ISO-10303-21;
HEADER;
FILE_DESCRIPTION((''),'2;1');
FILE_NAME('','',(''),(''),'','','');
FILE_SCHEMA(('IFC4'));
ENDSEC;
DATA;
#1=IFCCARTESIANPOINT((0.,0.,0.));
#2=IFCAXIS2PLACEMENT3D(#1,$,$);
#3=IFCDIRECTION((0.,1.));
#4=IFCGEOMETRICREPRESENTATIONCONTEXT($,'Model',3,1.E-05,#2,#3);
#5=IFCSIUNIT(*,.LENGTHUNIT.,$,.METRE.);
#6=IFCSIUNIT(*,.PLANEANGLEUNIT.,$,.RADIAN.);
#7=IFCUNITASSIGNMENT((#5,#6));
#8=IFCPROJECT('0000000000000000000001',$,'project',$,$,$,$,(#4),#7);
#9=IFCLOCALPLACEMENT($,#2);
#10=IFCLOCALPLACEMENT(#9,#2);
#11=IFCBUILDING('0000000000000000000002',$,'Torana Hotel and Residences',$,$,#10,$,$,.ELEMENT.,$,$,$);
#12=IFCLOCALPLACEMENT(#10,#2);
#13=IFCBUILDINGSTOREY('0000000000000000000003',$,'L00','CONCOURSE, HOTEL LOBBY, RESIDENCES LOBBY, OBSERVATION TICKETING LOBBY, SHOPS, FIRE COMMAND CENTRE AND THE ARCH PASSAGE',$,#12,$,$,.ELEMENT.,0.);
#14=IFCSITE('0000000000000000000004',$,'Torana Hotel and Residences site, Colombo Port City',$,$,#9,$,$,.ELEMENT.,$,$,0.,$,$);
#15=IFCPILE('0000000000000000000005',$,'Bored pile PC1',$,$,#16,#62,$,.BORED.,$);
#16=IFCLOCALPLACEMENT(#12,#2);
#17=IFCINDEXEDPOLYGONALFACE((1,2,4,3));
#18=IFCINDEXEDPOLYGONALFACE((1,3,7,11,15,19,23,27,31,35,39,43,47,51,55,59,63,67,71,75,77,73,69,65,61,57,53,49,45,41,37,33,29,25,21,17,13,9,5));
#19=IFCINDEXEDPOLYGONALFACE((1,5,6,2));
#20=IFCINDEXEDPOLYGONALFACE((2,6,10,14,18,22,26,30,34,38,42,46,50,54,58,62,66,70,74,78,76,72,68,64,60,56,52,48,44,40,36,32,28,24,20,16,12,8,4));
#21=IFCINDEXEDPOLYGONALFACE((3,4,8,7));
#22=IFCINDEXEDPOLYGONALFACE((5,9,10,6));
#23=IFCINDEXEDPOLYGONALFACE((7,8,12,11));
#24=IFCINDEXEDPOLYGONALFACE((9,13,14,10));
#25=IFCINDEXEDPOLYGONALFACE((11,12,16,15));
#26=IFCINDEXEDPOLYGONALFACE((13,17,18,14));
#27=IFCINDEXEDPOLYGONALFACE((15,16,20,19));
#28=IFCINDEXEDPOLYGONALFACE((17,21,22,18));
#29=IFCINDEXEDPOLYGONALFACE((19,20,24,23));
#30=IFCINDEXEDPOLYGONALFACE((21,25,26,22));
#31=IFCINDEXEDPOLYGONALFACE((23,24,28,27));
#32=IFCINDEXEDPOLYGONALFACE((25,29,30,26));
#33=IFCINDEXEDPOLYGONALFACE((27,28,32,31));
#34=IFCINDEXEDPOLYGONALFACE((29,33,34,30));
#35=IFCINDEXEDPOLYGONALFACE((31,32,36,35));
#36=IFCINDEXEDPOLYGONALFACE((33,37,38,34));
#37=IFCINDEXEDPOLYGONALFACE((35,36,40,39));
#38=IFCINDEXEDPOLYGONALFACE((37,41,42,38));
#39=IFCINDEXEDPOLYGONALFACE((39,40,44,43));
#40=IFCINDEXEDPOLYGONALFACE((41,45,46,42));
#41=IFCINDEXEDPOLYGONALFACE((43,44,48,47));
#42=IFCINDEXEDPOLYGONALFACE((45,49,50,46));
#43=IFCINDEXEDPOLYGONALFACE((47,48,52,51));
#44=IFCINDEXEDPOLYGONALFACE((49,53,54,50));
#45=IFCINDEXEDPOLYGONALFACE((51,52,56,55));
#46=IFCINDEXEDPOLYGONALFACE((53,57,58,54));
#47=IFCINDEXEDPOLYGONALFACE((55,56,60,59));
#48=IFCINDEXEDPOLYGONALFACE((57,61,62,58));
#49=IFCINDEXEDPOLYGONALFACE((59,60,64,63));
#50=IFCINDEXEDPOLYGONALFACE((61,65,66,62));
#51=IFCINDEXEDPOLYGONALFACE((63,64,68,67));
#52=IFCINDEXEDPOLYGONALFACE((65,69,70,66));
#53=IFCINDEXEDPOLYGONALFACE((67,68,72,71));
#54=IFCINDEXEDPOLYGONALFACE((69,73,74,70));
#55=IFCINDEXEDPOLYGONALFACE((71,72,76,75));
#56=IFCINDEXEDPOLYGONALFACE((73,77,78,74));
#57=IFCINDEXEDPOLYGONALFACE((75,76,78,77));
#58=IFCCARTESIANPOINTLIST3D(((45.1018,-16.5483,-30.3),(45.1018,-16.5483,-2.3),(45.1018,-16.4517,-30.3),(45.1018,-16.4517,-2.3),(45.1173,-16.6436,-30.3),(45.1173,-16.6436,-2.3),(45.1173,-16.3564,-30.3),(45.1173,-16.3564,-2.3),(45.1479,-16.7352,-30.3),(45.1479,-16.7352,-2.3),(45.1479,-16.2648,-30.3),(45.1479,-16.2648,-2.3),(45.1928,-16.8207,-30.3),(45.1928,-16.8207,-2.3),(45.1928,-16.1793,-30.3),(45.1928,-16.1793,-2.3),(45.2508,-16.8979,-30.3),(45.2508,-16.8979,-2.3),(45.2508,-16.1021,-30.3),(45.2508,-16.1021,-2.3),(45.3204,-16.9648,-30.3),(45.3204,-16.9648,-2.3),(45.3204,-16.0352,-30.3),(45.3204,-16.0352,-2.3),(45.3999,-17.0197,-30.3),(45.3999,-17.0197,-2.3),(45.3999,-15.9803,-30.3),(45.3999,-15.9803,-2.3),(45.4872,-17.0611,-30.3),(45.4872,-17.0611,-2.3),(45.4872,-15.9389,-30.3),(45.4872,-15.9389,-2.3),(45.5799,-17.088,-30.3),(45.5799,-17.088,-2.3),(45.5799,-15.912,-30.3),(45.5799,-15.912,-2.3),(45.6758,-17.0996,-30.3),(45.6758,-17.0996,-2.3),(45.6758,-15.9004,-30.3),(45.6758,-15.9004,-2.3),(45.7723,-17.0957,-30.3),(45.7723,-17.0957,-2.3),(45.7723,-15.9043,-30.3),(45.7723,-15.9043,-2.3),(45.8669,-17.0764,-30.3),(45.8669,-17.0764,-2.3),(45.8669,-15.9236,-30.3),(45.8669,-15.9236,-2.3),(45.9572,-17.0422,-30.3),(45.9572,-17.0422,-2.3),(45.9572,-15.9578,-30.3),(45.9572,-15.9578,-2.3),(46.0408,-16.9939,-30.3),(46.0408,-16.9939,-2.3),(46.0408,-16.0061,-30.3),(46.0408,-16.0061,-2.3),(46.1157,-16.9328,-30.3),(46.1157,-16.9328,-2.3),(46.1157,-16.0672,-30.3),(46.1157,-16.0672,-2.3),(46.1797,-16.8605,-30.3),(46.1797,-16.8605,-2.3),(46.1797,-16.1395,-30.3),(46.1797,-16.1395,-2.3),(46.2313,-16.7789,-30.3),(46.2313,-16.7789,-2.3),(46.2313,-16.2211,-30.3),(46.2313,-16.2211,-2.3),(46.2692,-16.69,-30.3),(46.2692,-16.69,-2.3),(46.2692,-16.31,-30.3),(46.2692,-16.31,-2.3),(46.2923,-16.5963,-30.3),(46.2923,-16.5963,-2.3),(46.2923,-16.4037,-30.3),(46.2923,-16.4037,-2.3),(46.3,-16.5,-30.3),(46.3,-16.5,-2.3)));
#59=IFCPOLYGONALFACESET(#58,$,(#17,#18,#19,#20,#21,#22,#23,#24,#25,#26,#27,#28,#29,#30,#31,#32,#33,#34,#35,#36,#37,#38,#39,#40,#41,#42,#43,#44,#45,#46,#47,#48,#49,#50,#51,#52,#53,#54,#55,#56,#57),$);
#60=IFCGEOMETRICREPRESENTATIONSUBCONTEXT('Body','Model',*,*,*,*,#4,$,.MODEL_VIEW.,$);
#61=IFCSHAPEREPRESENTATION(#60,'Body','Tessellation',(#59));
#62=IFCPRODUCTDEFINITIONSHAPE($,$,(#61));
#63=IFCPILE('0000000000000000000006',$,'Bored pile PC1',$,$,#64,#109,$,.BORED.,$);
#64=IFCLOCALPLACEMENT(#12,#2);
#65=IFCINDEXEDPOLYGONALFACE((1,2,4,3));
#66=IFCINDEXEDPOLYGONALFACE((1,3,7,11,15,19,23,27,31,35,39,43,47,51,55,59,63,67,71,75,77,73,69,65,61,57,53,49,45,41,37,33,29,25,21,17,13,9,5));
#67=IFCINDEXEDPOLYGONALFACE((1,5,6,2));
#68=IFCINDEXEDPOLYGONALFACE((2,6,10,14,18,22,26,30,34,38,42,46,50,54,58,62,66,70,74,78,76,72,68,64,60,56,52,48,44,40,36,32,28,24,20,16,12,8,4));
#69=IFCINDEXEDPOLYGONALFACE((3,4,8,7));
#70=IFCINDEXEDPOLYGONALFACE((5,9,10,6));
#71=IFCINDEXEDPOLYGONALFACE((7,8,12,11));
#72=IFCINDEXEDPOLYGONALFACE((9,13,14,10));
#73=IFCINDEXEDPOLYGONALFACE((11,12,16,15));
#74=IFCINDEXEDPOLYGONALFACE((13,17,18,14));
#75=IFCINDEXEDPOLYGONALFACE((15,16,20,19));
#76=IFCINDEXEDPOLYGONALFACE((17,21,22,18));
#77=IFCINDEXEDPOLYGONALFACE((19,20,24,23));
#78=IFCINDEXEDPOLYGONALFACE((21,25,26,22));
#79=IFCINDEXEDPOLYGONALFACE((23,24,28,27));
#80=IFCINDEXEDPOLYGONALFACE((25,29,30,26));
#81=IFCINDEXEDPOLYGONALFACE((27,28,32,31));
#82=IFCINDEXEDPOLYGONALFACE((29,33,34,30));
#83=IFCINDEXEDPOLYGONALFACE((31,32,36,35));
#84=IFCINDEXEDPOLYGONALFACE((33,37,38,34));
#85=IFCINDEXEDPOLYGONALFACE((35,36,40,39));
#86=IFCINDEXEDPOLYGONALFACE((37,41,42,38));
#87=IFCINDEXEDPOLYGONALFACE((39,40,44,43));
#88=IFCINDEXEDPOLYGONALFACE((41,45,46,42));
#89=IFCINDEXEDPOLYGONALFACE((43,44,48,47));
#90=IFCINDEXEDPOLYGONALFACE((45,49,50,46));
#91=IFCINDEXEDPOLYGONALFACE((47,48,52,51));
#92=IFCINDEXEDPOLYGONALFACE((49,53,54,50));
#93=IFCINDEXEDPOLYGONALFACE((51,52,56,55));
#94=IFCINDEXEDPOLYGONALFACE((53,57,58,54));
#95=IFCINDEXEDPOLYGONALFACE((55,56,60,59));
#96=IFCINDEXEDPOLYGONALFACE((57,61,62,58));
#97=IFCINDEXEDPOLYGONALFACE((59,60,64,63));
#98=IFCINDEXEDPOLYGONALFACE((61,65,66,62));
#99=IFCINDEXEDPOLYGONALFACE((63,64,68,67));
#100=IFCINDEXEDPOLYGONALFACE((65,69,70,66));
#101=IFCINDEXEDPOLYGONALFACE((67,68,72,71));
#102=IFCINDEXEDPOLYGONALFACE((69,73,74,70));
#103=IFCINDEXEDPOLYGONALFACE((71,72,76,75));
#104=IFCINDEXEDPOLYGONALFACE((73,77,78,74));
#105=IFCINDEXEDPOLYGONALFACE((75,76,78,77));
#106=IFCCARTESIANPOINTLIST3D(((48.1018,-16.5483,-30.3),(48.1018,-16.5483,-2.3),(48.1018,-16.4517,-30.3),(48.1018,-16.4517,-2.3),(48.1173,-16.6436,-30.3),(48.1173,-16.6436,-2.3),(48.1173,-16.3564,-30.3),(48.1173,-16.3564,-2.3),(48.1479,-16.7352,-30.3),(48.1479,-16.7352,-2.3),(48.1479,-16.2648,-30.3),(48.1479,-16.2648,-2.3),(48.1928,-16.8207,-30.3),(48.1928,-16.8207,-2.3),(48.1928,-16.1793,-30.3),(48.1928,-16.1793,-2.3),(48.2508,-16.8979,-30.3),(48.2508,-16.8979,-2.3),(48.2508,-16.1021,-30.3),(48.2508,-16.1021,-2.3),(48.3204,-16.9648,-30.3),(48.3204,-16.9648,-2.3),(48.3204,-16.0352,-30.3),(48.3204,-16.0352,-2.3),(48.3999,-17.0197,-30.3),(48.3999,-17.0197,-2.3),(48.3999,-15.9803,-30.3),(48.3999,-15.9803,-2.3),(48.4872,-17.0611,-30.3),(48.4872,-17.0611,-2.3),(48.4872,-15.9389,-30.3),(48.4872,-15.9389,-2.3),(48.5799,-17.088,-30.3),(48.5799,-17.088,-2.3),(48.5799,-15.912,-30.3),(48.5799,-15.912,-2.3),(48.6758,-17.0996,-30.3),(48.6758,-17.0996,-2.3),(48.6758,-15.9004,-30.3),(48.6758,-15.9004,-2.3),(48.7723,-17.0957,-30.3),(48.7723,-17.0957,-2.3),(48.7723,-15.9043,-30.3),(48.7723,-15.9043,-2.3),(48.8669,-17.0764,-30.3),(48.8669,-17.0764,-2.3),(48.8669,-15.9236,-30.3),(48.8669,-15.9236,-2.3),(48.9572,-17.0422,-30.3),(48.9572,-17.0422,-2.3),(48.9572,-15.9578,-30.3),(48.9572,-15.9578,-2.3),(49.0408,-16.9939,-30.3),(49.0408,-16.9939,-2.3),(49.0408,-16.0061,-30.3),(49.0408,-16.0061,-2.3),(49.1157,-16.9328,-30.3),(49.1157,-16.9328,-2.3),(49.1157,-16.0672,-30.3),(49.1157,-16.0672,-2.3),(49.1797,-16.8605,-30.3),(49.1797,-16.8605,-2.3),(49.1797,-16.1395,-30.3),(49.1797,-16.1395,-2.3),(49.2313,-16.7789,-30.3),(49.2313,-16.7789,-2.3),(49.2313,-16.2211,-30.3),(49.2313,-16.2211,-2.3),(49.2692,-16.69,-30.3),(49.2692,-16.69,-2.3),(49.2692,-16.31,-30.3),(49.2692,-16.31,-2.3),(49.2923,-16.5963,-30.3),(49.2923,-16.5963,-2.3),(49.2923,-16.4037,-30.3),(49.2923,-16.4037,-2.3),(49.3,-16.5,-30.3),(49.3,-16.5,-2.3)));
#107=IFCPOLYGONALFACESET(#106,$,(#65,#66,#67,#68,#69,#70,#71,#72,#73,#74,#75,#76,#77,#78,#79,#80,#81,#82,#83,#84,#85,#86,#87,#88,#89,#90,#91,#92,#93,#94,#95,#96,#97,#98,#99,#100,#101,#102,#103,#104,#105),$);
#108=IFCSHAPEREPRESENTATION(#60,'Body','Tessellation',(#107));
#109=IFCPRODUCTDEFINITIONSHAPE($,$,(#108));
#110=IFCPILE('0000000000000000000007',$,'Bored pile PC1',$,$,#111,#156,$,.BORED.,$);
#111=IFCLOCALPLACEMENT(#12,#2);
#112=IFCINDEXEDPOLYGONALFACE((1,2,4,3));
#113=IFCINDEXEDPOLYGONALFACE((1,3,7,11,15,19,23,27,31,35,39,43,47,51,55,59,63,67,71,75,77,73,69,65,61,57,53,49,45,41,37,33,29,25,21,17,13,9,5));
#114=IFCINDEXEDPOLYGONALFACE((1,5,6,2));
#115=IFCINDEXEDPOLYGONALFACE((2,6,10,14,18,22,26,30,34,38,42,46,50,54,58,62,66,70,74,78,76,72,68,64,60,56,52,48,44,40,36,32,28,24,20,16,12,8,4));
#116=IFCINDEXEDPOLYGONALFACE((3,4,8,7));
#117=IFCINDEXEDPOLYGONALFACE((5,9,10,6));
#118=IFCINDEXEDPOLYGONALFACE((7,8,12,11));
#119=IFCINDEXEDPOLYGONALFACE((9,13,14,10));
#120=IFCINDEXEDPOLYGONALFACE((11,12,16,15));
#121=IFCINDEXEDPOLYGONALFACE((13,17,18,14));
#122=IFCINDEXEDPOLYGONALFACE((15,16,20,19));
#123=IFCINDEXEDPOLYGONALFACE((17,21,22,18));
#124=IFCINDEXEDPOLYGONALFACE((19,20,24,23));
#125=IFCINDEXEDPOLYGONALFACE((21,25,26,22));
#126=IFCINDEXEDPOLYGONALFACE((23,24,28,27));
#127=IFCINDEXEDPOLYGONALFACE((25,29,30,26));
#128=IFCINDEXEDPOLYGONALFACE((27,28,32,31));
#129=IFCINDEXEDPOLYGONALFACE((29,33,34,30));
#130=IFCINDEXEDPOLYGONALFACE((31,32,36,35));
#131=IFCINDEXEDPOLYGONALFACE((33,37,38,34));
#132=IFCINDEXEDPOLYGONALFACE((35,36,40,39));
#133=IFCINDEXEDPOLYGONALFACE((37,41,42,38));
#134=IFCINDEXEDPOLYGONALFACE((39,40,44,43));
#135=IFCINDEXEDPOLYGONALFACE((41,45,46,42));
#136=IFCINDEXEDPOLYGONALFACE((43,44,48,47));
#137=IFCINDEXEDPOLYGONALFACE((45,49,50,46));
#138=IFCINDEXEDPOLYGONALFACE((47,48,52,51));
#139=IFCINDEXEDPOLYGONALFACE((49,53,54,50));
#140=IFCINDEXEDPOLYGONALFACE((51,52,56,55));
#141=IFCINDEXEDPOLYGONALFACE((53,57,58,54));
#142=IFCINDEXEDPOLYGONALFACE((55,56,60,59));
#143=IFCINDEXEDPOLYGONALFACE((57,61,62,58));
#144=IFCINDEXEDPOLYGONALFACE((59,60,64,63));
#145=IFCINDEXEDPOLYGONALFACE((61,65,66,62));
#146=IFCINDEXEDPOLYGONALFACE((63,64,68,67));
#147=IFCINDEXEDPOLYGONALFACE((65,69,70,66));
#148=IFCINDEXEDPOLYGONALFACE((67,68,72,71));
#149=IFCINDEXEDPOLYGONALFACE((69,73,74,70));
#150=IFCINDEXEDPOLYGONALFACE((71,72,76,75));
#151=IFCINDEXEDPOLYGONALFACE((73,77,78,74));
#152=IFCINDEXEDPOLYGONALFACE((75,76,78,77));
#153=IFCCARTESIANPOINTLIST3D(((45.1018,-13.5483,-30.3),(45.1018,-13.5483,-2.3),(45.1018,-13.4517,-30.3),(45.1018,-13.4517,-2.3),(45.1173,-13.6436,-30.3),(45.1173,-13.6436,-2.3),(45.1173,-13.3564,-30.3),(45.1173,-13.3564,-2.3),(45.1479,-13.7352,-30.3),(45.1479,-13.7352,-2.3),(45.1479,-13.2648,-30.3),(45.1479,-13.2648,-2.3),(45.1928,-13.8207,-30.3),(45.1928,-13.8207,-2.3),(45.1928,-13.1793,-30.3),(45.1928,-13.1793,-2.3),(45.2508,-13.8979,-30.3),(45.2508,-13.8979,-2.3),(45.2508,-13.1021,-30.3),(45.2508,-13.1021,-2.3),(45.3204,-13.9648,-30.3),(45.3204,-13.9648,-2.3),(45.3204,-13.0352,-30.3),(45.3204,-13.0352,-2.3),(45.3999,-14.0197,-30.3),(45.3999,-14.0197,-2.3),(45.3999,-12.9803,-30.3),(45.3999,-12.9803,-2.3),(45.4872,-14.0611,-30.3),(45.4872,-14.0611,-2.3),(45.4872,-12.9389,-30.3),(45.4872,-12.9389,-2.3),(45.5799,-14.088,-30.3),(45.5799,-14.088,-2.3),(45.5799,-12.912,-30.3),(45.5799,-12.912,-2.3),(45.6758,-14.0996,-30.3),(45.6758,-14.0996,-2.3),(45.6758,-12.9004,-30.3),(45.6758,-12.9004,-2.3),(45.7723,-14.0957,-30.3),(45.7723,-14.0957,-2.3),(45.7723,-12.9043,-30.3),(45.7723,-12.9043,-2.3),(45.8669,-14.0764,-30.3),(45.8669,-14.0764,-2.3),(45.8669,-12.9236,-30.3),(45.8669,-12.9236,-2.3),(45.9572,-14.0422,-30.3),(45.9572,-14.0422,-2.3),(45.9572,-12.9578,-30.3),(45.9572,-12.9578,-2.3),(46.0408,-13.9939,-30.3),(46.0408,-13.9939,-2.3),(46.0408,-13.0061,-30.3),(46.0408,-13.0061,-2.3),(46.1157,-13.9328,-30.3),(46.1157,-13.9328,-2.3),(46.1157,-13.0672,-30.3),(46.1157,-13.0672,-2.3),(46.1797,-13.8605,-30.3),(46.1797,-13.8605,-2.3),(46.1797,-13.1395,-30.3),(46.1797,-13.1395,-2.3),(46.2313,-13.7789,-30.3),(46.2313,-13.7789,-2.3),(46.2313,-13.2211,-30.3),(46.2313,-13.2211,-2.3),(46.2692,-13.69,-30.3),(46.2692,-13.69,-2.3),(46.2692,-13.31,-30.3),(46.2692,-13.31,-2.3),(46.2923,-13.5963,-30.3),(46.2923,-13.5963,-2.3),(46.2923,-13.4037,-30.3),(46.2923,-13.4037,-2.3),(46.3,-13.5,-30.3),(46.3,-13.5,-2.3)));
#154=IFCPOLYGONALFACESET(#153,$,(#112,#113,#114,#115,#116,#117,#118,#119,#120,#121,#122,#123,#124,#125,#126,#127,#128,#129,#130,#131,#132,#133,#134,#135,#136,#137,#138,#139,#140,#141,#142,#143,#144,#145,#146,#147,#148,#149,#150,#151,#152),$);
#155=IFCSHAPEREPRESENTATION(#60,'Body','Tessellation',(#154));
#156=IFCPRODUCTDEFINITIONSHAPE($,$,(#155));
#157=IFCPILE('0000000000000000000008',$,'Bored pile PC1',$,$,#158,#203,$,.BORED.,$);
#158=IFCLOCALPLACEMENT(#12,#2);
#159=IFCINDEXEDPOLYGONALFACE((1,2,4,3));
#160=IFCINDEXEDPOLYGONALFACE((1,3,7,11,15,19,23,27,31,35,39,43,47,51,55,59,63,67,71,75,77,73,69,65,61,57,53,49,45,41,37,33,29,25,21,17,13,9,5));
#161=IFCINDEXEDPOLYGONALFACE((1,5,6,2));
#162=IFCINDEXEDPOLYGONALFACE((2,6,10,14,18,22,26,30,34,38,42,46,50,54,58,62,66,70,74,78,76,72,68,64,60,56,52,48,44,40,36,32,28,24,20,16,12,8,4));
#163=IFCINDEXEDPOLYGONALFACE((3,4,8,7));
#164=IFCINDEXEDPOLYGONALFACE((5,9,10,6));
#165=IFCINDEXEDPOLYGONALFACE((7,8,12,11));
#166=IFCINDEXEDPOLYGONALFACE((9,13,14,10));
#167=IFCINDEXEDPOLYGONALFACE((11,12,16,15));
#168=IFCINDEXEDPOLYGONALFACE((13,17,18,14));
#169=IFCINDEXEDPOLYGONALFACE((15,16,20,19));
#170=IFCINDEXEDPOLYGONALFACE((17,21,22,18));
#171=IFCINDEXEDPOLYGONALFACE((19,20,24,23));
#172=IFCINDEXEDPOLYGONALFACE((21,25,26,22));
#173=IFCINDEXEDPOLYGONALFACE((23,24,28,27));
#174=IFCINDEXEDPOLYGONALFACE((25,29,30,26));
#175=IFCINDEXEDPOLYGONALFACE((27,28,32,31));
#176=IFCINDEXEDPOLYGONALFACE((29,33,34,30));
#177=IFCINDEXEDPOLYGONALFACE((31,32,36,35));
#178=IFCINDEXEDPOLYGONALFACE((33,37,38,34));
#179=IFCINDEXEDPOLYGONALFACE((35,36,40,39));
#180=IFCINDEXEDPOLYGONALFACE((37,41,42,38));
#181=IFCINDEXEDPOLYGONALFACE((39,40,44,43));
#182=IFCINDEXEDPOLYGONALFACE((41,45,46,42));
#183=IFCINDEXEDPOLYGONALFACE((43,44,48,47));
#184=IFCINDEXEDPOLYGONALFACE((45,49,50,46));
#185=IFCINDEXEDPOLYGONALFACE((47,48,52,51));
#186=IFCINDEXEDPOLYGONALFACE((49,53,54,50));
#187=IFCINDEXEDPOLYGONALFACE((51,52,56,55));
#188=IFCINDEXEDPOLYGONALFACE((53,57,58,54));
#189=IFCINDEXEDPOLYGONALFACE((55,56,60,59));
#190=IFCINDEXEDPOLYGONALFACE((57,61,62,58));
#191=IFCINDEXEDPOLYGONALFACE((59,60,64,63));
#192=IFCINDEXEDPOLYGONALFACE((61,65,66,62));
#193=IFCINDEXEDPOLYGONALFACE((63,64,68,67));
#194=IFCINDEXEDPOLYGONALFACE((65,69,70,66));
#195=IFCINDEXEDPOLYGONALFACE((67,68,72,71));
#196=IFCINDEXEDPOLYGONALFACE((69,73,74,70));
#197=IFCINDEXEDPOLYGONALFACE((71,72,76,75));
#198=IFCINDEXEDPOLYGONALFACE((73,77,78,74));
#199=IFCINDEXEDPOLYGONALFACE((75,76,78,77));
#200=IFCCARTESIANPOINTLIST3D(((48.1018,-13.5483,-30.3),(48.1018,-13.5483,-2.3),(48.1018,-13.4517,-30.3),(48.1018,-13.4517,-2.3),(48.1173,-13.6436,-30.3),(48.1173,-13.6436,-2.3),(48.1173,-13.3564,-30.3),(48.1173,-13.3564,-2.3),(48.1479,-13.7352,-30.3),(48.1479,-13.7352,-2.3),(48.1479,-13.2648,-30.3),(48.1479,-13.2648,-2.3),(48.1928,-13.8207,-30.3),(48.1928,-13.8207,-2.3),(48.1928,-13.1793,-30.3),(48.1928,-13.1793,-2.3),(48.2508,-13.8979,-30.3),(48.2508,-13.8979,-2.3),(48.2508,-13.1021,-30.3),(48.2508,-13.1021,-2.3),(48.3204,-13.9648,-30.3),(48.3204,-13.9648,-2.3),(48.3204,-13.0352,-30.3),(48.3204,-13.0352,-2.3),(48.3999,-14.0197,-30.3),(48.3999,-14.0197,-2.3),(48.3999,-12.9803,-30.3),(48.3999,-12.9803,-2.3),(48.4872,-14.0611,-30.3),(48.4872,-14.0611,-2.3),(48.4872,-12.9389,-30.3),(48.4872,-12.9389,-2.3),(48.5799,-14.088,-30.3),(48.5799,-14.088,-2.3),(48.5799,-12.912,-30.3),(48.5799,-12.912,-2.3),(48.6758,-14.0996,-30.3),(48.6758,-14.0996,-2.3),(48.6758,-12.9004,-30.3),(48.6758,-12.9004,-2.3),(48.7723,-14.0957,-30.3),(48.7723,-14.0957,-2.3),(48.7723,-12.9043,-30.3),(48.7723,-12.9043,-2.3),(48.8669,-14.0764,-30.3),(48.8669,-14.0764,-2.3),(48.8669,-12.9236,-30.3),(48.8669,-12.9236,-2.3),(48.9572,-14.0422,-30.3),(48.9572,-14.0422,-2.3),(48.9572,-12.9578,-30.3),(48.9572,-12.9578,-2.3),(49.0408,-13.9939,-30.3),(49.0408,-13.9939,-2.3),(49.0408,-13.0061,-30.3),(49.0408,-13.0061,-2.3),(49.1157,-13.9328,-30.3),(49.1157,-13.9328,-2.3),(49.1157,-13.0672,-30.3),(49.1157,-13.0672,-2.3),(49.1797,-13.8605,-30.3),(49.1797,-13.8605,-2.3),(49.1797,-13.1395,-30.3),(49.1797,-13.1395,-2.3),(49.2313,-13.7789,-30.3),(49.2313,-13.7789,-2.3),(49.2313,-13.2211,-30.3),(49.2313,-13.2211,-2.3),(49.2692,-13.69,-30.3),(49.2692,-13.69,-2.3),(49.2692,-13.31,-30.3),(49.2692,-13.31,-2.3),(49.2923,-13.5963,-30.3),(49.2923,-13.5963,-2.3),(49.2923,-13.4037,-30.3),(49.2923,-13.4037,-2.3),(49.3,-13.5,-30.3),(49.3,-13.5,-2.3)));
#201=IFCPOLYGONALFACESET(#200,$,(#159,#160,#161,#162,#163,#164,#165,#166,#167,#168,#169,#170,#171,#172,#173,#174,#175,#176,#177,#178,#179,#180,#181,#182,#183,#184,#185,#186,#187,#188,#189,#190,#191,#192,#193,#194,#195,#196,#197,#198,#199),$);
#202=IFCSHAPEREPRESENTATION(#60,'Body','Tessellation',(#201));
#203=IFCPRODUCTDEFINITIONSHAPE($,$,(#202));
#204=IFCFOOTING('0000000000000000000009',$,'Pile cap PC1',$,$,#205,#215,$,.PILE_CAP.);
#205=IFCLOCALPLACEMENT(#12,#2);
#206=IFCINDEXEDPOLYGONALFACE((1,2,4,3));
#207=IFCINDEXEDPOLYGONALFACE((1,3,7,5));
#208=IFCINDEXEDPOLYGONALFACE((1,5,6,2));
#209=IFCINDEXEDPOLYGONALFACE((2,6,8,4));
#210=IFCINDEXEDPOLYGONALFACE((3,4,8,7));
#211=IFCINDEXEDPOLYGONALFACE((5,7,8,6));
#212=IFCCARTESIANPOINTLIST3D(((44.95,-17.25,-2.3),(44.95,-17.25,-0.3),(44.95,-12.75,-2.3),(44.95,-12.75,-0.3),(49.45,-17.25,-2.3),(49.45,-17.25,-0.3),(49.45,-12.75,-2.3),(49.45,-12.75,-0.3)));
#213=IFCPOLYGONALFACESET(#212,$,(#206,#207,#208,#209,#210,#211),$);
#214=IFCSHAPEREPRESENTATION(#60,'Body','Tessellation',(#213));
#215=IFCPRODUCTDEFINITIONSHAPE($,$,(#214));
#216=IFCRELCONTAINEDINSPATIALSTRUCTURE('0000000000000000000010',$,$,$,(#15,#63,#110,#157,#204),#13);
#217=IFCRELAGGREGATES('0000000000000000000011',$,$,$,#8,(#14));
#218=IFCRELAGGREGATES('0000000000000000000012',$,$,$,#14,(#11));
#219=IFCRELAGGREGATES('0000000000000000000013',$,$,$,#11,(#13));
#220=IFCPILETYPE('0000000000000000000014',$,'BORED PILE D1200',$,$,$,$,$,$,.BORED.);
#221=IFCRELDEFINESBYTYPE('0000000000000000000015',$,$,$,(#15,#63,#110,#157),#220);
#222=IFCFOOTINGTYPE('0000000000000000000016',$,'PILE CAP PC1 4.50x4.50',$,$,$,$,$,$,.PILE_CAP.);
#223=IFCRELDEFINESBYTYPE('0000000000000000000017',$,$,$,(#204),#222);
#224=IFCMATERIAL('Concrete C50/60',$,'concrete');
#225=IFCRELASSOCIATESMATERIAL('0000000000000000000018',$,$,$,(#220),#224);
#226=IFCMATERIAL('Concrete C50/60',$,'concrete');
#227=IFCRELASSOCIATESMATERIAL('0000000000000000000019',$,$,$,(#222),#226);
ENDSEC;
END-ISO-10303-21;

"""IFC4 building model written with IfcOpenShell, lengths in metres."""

from ifc_helpers import new_model, si_unit, direction, frame, origin, origin_2d, place, context, subcontext, project, spatial, rectangle, circle, extrude, material, type_object, element, save


model = new_model("IFC4")

# Units and contexts
model_context = context("Model", 3, precision=1e-05, world=origin(), true_north=direction((0.0, 1.0)))
body_context = subcontext(model_context, "Body", "Model", "MODEL_VIEW")
ifc_project = project(units=[si_unit("LENGTHUNIT", "METRE"), si_unit("PLANEANGLEUNIT", "RADIAN")], contexts=[model_context])

# Site, building, storey
site_placement = place(None, origin())
site = spatial("IfcSite", under=ifc_project, at=site_placement, Name="Torana Hotel and Residences site, Colombo Port City", CompositionType="ELEMENT", RefElevation=0.0)
building_placement = place(site_placement, origin())
building = spatial("IfcBuilding", under=site, at=building_placement, Name="Torana Hotel and Residences", CompositionType="ELEMENT")
storey_placement = place(building_placement, origin())
storey = spatial("IfcBuildingStorey", under=building, at=storey_placement, Name="L00", Description="CONCOURSE, HOTEL LOBBY, RESIDENCES LOBBY, OBSERVATION TICKETING LOBBY, SHOPS, FIRE COMMAND CENTRE AND THE ARCH PASSAGE", CompositionType="ELEMENT", Elevation=0.0)

# Piles
ifc_material_1 = material(Name="Concrete C50/60", Category="concrete")
pile_type = type_object("IfcPileType", Name="BORED PILE D1200", PredefinedType="BORED", material=ifc_material_1)
for number, where, z_axis, x_axis, name in (
    (1, (45.7, -16.5, -2.3), (0.0, 0.0, -1.0), (1.0, 0.0, 0.0), "Bored pile PC1"),
    (2, (48.7, -16.5, -2.3), (0.0, 0.0, -1.0), (1.0, 0.0, 0.0), "Bored pile PC1"),
    (3, (45.7, -13.5, -2.3), (0.0, 0.0, -1.0), (1.0, 0.0, 0.0), "Bored pile PC1"),
    (4, (48.7, -13.5, -2.3), (0.0, 0.0, -1.0), (1.0, 0.0, 0.0), "Bored pile PC1"),
):
    element("IfcPile", number, at=place(storey_placement, frame(where, z_axis=z_axis, x_axis=x_axis)), inside=storey, type_object=pile_type, Name=name, PredefinedType="BORED", context=body_context, shape_type="SweptSolid", body=[
        extrude(circle(Radius=0.6001, at=origin_2d()), origin(), (0.0, 0.0, 1.0), 28.0),
    ])

# Footing
ifc_material_2 = material(Name="Concrete C50/60", Category="concrete")
footing_type_1 = type_object("IfcFootingType", Name="PILE CAP PC1 4.50x4.50", PredefinedType="PILE_CAP", material=ifc_material_2)
footing_1_placement = place(storey_placement, frame((47.2, -15.0, -2.3), z_axis=(0.0, 0.0, 1.0), x_axis=(1.0, 0.0, 0.0)))
element("IfcFooting", 5, at=footing_1_placement, inside=storey, type_object=footing_type_1, Name="Pile cap PC1", PredefinedType="PILE_CAP", context=body_context, shape_type="SweptSolid", body=[
    extrude(rectangle(XDim=4.5, YDim=4.5, at=origin_2d()), origin(), (0.0, 0.0, 1.0), 2.0),
])

save(model, "model.ifc")
